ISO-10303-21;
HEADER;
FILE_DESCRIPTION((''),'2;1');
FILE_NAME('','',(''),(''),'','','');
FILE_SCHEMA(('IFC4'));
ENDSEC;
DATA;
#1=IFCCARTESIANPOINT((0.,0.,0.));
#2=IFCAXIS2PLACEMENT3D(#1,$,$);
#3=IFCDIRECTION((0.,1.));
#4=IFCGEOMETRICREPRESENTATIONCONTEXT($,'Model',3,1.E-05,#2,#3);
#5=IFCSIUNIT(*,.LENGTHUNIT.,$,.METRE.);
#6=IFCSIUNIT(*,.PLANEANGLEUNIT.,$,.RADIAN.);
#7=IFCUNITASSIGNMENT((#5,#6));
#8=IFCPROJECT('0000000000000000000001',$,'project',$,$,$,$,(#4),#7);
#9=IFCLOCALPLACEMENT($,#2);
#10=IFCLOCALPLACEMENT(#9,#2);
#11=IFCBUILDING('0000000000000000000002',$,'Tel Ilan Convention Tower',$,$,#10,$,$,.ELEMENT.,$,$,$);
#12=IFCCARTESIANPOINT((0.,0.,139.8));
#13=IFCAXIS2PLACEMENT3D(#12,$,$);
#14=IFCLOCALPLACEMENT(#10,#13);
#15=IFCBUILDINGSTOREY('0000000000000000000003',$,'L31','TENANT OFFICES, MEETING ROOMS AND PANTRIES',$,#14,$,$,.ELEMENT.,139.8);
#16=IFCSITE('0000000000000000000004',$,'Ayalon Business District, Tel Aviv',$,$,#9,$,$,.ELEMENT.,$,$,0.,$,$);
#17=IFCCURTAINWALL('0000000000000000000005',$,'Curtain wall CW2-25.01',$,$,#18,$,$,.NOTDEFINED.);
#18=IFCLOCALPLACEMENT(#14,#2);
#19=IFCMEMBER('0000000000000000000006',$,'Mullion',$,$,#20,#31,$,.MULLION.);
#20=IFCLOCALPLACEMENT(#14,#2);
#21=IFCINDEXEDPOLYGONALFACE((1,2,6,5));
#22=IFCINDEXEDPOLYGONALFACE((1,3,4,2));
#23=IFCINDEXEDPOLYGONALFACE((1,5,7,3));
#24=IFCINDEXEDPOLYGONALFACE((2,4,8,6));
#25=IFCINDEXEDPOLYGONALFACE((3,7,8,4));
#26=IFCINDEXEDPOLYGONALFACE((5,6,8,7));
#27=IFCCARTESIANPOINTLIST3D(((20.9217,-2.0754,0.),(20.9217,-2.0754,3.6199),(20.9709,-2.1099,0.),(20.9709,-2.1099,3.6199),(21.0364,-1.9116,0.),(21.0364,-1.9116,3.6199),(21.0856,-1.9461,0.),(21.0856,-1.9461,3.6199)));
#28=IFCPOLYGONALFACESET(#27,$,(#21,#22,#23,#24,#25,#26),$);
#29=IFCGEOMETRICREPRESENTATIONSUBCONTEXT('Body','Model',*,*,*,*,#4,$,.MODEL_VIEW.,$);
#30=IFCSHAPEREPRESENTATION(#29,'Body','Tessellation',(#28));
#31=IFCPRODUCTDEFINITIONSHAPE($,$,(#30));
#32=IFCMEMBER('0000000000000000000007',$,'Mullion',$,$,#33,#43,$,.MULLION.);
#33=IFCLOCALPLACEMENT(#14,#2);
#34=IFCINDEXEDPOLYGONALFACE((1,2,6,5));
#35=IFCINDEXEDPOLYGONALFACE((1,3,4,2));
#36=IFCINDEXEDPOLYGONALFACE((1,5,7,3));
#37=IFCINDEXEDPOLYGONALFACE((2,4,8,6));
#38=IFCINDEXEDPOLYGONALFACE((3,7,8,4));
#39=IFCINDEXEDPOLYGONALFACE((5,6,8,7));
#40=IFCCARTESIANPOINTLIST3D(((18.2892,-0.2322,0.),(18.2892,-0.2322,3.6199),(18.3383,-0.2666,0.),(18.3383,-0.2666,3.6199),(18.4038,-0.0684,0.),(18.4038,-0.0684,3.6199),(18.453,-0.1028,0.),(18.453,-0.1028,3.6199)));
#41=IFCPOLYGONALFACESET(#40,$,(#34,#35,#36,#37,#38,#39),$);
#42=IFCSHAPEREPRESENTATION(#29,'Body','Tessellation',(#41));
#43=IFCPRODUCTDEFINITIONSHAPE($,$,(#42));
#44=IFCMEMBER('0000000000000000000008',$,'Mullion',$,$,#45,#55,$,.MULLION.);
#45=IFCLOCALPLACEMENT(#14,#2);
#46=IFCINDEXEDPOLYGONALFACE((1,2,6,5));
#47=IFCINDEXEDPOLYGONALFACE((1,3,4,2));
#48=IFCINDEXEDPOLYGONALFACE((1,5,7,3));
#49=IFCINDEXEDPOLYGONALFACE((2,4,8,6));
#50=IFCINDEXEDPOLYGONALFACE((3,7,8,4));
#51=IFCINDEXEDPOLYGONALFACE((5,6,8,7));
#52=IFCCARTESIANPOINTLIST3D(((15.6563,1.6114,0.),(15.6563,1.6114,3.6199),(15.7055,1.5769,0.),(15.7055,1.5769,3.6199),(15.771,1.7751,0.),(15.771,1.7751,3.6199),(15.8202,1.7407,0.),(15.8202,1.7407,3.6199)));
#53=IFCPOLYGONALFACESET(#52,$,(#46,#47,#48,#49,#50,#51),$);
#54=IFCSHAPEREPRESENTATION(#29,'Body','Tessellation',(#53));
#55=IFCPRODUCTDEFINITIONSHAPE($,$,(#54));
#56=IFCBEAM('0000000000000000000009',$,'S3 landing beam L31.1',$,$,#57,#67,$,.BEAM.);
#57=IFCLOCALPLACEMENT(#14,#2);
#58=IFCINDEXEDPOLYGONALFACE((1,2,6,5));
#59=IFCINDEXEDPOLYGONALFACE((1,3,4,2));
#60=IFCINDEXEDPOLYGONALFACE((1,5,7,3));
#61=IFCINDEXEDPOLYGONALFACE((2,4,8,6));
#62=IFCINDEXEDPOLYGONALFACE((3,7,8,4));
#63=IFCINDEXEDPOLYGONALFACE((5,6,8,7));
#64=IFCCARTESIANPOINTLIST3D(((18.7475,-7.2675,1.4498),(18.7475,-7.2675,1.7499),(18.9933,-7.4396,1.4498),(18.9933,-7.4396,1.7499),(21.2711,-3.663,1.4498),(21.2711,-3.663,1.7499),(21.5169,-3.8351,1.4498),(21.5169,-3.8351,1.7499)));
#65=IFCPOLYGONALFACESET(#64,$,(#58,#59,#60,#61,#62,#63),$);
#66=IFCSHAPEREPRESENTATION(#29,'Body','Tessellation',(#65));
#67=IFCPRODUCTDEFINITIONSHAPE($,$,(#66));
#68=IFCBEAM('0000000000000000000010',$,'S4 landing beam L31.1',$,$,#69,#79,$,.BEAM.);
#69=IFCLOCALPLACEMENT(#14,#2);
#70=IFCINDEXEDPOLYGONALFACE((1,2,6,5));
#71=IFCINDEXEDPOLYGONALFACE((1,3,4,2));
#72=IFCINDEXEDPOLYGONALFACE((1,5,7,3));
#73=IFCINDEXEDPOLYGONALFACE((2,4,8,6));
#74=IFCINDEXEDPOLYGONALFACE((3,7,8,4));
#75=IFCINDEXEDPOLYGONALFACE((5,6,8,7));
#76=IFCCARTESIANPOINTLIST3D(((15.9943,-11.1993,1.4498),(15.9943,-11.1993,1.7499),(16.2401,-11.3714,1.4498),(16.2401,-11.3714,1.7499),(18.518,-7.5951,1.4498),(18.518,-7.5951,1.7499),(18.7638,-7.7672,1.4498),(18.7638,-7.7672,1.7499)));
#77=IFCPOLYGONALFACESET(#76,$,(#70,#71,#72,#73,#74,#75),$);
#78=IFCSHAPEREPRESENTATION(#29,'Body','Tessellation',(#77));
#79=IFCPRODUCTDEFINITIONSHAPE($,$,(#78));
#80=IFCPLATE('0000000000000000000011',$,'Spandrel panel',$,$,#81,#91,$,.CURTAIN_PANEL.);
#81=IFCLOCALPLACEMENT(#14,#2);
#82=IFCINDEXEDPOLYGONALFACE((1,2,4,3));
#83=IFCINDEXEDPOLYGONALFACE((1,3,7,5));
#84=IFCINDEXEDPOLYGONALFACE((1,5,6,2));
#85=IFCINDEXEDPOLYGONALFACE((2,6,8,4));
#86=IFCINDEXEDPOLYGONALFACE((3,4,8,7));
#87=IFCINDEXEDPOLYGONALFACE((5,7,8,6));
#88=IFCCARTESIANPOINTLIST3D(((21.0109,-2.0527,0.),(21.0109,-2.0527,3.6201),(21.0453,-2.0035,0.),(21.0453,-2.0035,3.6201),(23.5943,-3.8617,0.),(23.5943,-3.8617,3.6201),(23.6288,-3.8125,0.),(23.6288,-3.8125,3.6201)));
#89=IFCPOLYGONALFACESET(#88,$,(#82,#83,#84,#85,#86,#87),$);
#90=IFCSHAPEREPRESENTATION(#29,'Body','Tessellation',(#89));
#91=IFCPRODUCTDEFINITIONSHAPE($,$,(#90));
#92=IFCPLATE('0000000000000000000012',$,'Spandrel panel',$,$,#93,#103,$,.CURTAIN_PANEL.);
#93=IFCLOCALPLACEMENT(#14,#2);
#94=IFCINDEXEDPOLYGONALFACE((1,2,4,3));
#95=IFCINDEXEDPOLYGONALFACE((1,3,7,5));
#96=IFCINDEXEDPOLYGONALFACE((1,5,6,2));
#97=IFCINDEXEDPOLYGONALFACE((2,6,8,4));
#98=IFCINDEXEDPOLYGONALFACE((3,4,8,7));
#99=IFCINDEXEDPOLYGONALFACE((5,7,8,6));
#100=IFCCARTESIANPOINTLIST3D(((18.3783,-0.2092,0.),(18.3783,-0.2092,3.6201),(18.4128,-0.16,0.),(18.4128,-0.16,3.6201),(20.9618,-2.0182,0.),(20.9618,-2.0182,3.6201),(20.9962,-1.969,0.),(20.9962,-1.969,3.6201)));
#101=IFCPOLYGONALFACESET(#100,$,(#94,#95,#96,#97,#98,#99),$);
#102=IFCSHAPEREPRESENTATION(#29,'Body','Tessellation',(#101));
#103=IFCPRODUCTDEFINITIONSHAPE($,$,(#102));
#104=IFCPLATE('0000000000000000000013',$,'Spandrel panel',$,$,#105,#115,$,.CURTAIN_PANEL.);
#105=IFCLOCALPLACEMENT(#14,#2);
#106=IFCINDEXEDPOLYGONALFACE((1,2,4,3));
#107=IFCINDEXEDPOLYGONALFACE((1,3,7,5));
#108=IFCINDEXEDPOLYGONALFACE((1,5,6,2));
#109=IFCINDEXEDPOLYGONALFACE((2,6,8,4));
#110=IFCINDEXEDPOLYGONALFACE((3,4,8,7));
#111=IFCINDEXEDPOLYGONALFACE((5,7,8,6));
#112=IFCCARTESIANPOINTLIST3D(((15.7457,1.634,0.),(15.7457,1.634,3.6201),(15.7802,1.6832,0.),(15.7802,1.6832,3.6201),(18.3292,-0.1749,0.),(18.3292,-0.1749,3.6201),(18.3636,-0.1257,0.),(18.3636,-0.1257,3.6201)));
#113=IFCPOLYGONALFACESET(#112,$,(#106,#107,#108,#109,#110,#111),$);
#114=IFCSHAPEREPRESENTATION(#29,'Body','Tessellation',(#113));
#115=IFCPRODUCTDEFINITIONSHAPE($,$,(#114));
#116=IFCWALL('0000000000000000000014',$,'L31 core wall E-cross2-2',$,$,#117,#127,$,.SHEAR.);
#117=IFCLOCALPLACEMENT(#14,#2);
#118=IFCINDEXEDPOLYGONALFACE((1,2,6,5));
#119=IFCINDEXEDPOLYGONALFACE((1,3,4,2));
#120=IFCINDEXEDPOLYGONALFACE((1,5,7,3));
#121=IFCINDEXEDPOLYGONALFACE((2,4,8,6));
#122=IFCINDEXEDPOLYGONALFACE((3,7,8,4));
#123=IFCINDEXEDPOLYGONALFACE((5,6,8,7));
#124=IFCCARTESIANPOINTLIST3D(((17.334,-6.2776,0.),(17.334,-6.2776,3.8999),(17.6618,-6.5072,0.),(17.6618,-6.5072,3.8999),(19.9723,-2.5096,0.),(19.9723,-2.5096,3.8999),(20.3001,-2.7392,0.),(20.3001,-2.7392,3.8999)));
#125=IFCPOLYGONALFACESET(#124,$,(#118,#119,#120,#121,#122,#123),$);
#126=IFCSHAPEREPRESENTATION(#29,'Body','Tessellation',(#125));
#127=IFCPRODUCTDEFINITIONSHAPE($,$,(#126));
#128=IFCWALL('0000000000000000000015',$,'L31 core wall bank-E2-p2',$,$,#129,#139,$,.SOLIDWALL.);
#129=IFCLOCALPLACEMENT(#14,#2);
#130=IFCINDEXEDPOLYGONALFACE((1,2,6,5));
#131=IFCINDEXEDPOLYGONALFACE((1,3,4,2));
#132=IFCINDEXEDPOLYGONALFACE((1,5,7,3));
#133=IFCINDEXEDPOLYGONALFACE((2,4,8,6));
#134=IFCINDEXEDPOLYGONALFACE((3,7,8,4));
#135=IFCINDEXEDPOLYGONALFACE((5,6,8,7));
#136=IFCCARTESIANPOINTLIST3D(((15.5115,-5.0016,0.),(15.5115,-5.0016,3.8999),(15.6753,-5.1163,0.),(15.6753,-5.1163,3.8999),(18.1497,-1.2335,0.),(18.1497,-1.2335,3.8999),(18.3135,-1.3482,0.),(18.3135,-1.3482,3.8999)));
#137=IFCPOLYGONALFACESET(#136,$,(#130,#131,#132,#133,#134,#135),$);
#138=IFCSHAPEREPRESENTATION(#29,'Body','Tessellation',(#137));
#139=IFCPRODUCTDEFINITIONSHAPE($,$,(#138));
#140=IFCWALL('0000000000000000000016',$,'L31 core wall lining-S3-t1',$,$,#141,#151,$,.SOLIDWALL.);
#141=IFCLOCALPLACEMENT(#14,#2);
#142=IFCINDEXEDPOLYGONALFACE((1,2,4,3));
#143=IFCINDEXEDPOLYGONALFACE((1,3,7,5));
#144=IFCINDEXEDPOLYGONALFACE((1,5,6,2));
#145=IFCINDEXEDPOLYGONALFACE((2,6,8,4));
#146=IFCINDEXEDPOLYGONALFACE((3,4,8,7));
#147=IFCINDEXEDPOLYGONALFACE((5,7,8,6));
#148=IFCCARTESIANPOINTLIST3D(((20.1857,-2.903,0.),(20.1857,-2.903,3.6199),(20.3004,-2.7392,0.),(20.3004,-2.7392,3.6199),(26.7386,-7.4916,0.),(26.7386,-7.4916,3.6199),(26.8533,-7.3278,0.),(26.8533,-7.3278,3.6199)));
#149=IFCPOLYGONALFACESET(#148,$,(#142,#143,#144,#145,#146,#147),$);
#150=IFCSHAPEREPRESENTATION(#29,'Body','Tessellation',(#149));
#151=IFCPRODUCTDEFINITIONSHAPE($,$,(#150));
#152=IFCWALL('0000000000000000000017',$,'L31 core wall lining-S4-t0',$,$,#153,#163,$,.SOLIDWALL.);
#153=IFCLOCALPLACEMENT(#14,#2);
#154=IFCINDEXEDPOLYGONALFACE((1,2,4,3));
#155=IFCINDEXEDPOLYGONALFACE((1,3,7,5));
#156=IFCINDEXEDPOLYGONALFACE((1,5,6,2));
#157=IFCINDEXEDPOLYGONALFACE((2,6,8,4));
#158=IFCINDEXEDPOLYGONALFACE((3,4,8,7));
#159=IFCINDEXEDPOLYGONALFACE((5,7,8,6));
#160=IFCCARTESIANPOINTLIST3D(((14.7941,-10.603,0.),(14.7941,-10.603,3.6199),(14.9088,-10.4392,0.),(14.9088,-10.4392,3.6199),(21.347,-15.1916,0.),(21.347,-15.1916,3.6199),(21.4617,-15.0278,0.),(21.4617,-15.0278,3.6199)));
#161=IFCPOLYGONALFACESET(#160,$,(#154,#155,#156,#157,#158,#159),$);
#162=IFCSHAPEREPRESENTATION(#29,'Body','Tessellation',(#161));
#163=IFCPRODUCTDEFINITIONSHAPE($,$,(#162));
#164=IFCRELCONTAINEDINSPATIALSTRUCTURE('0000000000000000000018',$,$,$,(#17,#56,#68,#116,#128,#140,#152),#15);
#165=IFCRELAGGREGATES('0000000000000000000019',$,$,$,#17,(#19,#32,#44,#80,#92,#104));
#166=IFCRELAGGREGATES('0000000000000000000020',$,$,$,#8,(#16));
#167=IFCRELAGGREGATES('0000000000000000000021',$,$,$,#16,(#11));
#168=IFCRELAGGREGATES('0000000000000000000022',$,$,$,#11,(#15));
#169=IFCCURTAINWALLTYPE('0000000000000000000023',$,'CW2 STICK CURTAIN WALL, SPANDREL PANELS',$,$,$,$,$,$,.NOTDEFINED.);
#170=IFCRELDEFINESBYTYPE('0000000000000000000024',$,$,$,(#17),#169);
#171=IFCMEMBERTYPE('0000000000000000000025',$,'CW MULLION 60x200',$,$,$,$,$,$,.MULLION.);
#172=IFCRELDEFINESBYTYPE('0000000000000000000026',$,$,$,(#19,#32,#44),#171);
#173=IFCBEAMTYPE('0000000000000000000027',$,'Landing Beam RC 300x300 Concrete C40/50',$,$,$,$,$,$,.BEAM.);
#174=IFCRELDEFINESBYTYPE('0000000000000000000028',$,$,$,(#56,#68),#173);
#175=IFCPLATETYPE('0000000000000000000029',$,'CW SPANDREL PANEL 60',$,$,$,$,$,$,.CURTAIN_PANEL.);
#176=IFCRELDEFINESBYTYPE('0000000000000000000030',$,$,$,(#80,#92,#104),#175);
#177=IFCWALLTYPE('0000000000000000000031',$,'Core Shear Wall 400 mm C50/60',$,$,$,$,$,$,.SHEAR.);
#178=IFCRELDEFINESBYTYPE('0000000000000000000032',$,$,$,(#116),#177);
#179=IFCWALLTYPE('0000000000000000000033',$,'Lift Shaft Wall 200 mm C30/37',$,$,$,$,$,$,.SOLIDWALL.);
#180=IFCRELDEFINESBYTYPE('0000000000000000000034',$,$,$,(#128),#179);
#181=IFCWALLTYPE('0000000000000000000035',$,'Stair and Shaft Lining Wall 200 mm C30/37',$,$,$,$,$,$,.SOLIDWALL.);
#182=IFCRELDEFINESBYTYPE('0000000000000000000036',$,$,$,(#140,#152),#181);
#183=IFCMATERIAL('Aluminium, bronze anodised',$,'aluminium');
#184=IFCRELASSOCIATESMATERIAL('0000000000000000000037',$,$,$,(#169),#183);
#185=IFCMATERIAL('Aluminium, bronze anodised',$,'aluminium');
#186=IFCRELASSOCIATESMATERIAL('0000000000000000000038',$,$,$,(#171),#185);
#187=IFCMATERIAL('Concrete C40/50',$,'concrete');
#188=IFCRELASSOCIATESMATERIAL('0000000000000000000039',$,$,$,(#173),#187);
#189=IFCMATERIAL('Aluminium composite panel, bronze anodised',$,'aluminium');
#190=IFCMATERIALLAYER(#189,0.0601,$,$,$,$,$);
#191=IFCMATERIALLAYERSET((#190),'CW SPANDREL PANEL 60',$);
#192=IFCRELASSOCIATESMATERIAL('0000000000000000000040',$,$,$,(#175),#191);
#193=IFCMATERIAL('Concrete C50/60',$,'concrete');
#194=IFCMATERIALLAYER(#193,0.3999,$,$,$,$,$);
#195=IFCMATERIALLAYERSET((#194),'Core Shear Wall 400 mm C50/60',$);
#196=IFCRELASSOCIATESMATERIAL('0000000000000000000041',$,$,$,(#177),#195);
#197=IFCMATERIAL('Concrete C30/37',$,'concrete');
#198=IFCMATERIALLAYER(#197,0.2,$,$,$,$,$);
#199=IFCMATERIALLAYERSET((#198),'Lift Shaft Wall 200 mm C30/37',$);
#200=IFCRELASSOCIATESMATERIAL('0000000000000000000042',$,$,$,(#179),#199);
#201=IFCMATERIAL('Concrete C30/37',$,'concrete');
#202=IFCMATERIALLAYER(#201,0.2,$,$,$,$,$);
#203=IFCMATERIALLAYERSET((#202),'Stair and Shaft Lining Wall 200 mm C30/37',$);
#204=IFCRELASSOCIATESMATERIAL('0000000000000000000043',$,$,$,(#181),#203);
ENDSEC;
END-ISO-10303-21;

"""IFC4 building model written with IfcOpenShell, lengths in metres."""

from ifc_helpers import new_model, si_unit, direction, frame, frame_2d, origin, origin_2d, place, context, subcontext, project, spatial, polyline, rectangle, outline, extrude, material, layer, layer_set, material_profile, profile_set, type_object, element, aggregate, save


model = new_model("IFC4")

# Units and contexts
model_context = context("Model", 3, precision=1e-05, world=origin(), true_north=direction((0.0, 1.0)))
body_context = subcontext(model_context, "Body", "Model", "MODEL_VIEW")
ifc_project = project(units=[si_unit("LENGTHUNIT", "METRE"), si_unit("PLANEANGLEUNIT", "RADIAN")], contexts=[model_context])

# Site, building, storey
site_placement = place(None, origin())
site = spatial("IfcSite", under=ifc_project, at=site_placement, Name="Ayalon Business District, Tel Aviv", CompositionType="ELEMENT", RefElevation=0.0)
building_placement = place(site_placement, origin())
building = spatial("IfcBuilding", under=site, at=building_placement, Name="Tel Ilan Convention Tower", CompositionType="ELEMENT")
storey_placement = place(building_placement, frame((0.0, 0.0, 139.8)))
storey = spatial("IfcBuildingStorey", under=building, at=storey_placement, Name="L31", Description="TENANT OFFICES, MEETING ROOMS AND PANTRIES", CompositionType="ELEMENT", Elevation=139.8)

# Curtain wall, members
ifc_material_1 = material(Name="Aluminium, bronze anodised", Category="aluminium")
curtain_wall_type = type_object("IfcCurtainWallType", Name="CW2 STICK CURTAIN WALL, SPANDREL PANELS", PredefinedType="NOTDEFINED", material=ifc_material_1)
curtain_wall_placement = place(storey_placement, origin())
curtain_wall = element("IfcCurtainWall", 1, at=curtain_wall_placement, inside=storey, type_object=curtain_wall_type, Name="Curtain wall CW2-25.01", PredefinedType="NOTDEFINED")
ifc_material_2 = material(Name="Aluminium, bronze anodised", Category="aluminium")
ifc_material_profile_1 = material_profile(ifc_material_2, rectangle(XDim=0.0601, YDim=0.2, at=origin_2d()), Name="CW MULLION 60x200")
ifc_profile_set_1 = profile_set([ifc_material_profile_1], Name="Aluminium, bronze anodised")
member_type = type_object("IfcMemberType", Name="CW MULLION 60x200", PredefinedType="MULLION", material=ifc_profile_set_1)
member_1_placement = place(storey_placement, frame((21.0037, -2.0107, 0.0), z_axis=(0.0, 0.0, 1.0), x_axis=(-0.819152, 0.573576, 0.0)))
member_1 = element("IfcMember", 2, at=member_1_placement, type_object=member_type, Name="Mullion", PredefinedType="MULLION", context=body_context, shape_type="SweptSolid", body=[
    extrude(rectangle(XDim=0.0601, YDim=0.2, at=origin_2d()), origin(), (0.0, 0.0, 1.0), 3.6199),
])
member_2_placement = place(storey_placement, frame((18.3711, -0.1675, 0.0), z_axis=(0.0, 0.0, 1.0), x_axis=(-0.819152, 0.573576, 0.0)))
member_2 = element("IfcMember", 3, at=member_2_placement, type_object=member_type, Name="Mullion", PredefinedType="MULLION", context=body_context, shape_type="SweptSolid", body=[
    extrude(rectangle(XDim=0.0601, YDim=0.2, at=origin_2d()), origin(), (0.0, 0.0, 1.0), 3.6199),
])
member_3_placement = place(storey_placement, frame((15.7383, 1.676, 0.0), z_axis=(0.0, 0.0, 1.0), x_axis=(-0.819152, 0.573576, 0.0)))
member_3 = element("IfcMember", 4, at=member_3_placement, type_object=member_type, Name="Mullion", PredefinedType="MULLION", context=body_context, shape_type="SweptSolid", body=[
    extrude(rectangle(XDim=0.0601, YDim=0.2, at=origin_2d()), origin(), (0.0, 0.0, 1.0), 3.6199),
])

# Beams
ifc_material_3 = material(Name="Concrete C40/50", Category="concrete")
ifc_material_profile_2 = material_profile(ifc_material_3, rectangle(XDim=0.3, YDim=0.3, at=origin_2d()), Name="RC 300x300")
ifc_profile_set_2 = profile_set([ifc_material_profile_2], Name="Concrete C40/50")
beam_type = type_object("IfcBeamType", Name="Landing Beam RC 300x300 Concrete C40/50", PredefinedType="BEAM", material=ifc_profile_set_2)
beam_1_placement = place(storey_placement, frame((21.394, -3.749, 1.5999), z_axis=(-0.573544, -0.819175, 0.0), x_axis=(0.819175, -0.573544, 0.0)))
element("IfcBeam", 5, at=beam_1_placement, inside=storey, type_object=beam_type, Name="S3 landing beam L31.1", PredefinedType="BEAM", context=body_context, shape_type="SweptSolid", body=[
    extrude(rectangle(XDim=0.3, YDim=0.3, at=origin_2d()), origin(), (0.0, 0.0, 1.0), 4.4001),
])
beam_2_placement = place(storey_placement, frame((18.6409, -7.6812, 1.5999), z_axis=(-0.57357, -0.819156, 0.0), x_axis=(0.819156, -0.57357, 0.0)))
element("IfcBeam", 6, at=beam_2_placement, inside=storey, type_object=beam_type, Name="S4 landing beam L31.1", PredefinedType="BEAM", context=body_context, shape_type="SweptSolid", body=[
    extrude(rectangle(XDim=0.3, YDim=0.3, at=origin_2d()), origin(), (0.0, 0.0, 1.0), 4.3999),
])

# Plates
ifc_material_4 = material(Name="Aluminium composite panel, bronze anodised", Category="aluminium")
ifc_layer_1 = layer(ifc_material_4, 0.0601)
ifc_layer_set_1 = layer_set([ifc_layer_1], Name="CW SPANDREL PANEL 60")
plate_type = type_object("IfcPlateType", Name="CW SPANDREL PANEL 60", PredefinedType="CURTAIN_PANEL", material=ifc_layer_set_1)
plate_1_placement = place(storey_placement, frame((22.3198, -2.9326, 0.0), z_axis=(0.0, 0.0, 1.0), x_axis=(-0.819152, 0.573576, 0.0)))
plate_1 = element("IfcPlate", 7, at=plate_1_placement, type_object=plate_type, Name="Spandrel panel", PredefinedType="CURTAIN_PANEL", context=body_context, shape_type="SweptSolid", body=[
    extrude(rectangle(XDim=3.1538, YDim=0.0601, at=origin_2d()), origin(), (0.0, 0.0, 1.0), 3.6201),
])
plate_2_placement = place(storey_placement, frame((19.6873, -1.0891, 0.0), z_axis=(0.0, 0.0, 1.0), x_axis=(-0.819152, 0.573576, 0.0)))
plate_2 = element("IfcPlate", 8, at=plate_2_placement, type_object=plate_type, Name="Spandrel panel", PredefinedType="CURTAIN_PANEL", context=body_context, shape_type="SweptSolid", body=[
    extrude(rectangle(XDim=3.1538, YDim=0.0601, at=origin_2d()), origin(), (0.0, 0.0, 1.0), 3.6201),
])
plate_3_placement = place(storey_placement, frame((17.0547, 0.7542, 0.0), z_axis=(0.0, 0.0, 1.0), x_axis=(-0.819152, 0.573576, 0.0)))
plate_3 = element("IfcPlate", 9, at=plate_3_placement, type_object=plate_type, Name="Spandrel panel", PredefinedType="CURTAIN_PANEL", context=body_context, shape_type="SweptSolid", body=[
    extrude(rectangle(XDim=3.1538, YDim=0.0601, at=origin_2d()), origin(), (0.0, 0.0, 1.0), 3.6201),
])
aggregate(curtain_wall, [member_1, member_2, member_3, plate_1, plate_2, plate_3])

# Walls
ifc_material_5 = material(Name="Concrete C50/60", Category="concrete")
ifc_layer_2 = layer(ifc_material_5, 0.3999)
ifc_layer_set_2 = layer_set([ifc_layer_2], Name="Core Shear Wall 400 mm C50/60")
wall_type_1 = type_object("IfcWallType", Name="Core Shear Wall 400 mm C50/60", PredefinedType="SHEAR", material=ifc_layer_set_2)
wall_1_placement = place(storey_placement, frame((17.4978, -6.3923, 0.0), z_axis=(0.0, 0.0, 1.0), x_axis=(0.573612, 0.819127, 0.0)))
element("IfcWall", 10, at=wall_1_placement, inside=storey, type_object=wall_type_1, Name="L31 core wall E-cross2-2", PredefinedType="SHEAR", context=body_context, shape_type="SweptSolid", body=[
    extrude(outline(polyline([(4.5999, -0.2), (4.5999, 0.2002), (0.0, 0.2), (0.0, -0.2002), (4.5999, -0.2)])), origin(), (0.0, 0.0, 1.0), 3.8999),
])
ifc_material_6 = material(Name="Concrete C30/37", Category="concrete")
ifc_layer_3 = layer(ifc_material_6, 0.2)
ifc_layer_set_3 = layer_set([ifc_layer_3], Name="Lift Shaft Wall 200 mm C30/37")
wall_type_2 = type_object("IfcWallType", Name="Lift Shaft Wall 200 mm C30/37", PredefinedType="SOLIDWALL", material=ifc_layer_set_3)
wall_2_placement = place(storey_placement, frame((15.5935, -5.0588, 0.0), z_axis=(0.0, 0.0, 1.0), x_axis=(0.573541, 0.819177, 0.0)))
element("IfcWall", 11, at=wall_2_placement, inside=storey, type_object=wall_type_2, Name="L31 core wall bank-E2-p2", PredefinedType="SOLIDWALL", context=body_context, shape_type="SweptSolid", body=[
    extrude(rectangle(XDim=4.5999, YDim=0.2, at=frame_2d((2.2998, 0.0))), origin(), (0.0, 0.0, 1.0), 3.8999),
])
ifc_material_7 = material(Name="Concrete C30/37", Category="concrete")
ifc_layer_4 = layer(ifc_material_7, 0.2)
ifc_layer_set_4 = layer_set([ifc_layer_4], Name="Stair and Shaft Lining Wall 200 mm C30/37")
wall_type_3 = type_object("IfcWallType", Name="Stair and Shaft Lining Wall 200 mm C30/37", PredefinedType="SOLIDWALL", material=ifc_layer_set_4)
for number, where, z_axis, x_axis, name in (
    (12, (20.2429, -2.821, 0.0), (0.0, 0.0, 1.0), (0.819142, -0.573591, 0.0), "L31 core wall lining-S3-t1"),
    (13, (14.8513, -10.521, 0.0), (0.0, 0.0, 1.0), (0.819142, -0.573591, 0.0), "L31 core wall lining-S4-t0"),
):
    element("IfcWall", number, at=place(storey_placement, frame(where, z_axis=z_axis, x_axis=x_axis)), inside=storey, type_object=wall_type_3, Name=name, PredefinedType="SOLIDWALL", context=body_context, shape_type="SweptSolid", body=[
        extrude(rectangle(XDim=7.9998, YDim=0.2, at=frame_2d((4.0, 0.0))), origin(), (0.0, 0.0, 1.0), 3.6199),
    ])

save(model, "model.ifc")
